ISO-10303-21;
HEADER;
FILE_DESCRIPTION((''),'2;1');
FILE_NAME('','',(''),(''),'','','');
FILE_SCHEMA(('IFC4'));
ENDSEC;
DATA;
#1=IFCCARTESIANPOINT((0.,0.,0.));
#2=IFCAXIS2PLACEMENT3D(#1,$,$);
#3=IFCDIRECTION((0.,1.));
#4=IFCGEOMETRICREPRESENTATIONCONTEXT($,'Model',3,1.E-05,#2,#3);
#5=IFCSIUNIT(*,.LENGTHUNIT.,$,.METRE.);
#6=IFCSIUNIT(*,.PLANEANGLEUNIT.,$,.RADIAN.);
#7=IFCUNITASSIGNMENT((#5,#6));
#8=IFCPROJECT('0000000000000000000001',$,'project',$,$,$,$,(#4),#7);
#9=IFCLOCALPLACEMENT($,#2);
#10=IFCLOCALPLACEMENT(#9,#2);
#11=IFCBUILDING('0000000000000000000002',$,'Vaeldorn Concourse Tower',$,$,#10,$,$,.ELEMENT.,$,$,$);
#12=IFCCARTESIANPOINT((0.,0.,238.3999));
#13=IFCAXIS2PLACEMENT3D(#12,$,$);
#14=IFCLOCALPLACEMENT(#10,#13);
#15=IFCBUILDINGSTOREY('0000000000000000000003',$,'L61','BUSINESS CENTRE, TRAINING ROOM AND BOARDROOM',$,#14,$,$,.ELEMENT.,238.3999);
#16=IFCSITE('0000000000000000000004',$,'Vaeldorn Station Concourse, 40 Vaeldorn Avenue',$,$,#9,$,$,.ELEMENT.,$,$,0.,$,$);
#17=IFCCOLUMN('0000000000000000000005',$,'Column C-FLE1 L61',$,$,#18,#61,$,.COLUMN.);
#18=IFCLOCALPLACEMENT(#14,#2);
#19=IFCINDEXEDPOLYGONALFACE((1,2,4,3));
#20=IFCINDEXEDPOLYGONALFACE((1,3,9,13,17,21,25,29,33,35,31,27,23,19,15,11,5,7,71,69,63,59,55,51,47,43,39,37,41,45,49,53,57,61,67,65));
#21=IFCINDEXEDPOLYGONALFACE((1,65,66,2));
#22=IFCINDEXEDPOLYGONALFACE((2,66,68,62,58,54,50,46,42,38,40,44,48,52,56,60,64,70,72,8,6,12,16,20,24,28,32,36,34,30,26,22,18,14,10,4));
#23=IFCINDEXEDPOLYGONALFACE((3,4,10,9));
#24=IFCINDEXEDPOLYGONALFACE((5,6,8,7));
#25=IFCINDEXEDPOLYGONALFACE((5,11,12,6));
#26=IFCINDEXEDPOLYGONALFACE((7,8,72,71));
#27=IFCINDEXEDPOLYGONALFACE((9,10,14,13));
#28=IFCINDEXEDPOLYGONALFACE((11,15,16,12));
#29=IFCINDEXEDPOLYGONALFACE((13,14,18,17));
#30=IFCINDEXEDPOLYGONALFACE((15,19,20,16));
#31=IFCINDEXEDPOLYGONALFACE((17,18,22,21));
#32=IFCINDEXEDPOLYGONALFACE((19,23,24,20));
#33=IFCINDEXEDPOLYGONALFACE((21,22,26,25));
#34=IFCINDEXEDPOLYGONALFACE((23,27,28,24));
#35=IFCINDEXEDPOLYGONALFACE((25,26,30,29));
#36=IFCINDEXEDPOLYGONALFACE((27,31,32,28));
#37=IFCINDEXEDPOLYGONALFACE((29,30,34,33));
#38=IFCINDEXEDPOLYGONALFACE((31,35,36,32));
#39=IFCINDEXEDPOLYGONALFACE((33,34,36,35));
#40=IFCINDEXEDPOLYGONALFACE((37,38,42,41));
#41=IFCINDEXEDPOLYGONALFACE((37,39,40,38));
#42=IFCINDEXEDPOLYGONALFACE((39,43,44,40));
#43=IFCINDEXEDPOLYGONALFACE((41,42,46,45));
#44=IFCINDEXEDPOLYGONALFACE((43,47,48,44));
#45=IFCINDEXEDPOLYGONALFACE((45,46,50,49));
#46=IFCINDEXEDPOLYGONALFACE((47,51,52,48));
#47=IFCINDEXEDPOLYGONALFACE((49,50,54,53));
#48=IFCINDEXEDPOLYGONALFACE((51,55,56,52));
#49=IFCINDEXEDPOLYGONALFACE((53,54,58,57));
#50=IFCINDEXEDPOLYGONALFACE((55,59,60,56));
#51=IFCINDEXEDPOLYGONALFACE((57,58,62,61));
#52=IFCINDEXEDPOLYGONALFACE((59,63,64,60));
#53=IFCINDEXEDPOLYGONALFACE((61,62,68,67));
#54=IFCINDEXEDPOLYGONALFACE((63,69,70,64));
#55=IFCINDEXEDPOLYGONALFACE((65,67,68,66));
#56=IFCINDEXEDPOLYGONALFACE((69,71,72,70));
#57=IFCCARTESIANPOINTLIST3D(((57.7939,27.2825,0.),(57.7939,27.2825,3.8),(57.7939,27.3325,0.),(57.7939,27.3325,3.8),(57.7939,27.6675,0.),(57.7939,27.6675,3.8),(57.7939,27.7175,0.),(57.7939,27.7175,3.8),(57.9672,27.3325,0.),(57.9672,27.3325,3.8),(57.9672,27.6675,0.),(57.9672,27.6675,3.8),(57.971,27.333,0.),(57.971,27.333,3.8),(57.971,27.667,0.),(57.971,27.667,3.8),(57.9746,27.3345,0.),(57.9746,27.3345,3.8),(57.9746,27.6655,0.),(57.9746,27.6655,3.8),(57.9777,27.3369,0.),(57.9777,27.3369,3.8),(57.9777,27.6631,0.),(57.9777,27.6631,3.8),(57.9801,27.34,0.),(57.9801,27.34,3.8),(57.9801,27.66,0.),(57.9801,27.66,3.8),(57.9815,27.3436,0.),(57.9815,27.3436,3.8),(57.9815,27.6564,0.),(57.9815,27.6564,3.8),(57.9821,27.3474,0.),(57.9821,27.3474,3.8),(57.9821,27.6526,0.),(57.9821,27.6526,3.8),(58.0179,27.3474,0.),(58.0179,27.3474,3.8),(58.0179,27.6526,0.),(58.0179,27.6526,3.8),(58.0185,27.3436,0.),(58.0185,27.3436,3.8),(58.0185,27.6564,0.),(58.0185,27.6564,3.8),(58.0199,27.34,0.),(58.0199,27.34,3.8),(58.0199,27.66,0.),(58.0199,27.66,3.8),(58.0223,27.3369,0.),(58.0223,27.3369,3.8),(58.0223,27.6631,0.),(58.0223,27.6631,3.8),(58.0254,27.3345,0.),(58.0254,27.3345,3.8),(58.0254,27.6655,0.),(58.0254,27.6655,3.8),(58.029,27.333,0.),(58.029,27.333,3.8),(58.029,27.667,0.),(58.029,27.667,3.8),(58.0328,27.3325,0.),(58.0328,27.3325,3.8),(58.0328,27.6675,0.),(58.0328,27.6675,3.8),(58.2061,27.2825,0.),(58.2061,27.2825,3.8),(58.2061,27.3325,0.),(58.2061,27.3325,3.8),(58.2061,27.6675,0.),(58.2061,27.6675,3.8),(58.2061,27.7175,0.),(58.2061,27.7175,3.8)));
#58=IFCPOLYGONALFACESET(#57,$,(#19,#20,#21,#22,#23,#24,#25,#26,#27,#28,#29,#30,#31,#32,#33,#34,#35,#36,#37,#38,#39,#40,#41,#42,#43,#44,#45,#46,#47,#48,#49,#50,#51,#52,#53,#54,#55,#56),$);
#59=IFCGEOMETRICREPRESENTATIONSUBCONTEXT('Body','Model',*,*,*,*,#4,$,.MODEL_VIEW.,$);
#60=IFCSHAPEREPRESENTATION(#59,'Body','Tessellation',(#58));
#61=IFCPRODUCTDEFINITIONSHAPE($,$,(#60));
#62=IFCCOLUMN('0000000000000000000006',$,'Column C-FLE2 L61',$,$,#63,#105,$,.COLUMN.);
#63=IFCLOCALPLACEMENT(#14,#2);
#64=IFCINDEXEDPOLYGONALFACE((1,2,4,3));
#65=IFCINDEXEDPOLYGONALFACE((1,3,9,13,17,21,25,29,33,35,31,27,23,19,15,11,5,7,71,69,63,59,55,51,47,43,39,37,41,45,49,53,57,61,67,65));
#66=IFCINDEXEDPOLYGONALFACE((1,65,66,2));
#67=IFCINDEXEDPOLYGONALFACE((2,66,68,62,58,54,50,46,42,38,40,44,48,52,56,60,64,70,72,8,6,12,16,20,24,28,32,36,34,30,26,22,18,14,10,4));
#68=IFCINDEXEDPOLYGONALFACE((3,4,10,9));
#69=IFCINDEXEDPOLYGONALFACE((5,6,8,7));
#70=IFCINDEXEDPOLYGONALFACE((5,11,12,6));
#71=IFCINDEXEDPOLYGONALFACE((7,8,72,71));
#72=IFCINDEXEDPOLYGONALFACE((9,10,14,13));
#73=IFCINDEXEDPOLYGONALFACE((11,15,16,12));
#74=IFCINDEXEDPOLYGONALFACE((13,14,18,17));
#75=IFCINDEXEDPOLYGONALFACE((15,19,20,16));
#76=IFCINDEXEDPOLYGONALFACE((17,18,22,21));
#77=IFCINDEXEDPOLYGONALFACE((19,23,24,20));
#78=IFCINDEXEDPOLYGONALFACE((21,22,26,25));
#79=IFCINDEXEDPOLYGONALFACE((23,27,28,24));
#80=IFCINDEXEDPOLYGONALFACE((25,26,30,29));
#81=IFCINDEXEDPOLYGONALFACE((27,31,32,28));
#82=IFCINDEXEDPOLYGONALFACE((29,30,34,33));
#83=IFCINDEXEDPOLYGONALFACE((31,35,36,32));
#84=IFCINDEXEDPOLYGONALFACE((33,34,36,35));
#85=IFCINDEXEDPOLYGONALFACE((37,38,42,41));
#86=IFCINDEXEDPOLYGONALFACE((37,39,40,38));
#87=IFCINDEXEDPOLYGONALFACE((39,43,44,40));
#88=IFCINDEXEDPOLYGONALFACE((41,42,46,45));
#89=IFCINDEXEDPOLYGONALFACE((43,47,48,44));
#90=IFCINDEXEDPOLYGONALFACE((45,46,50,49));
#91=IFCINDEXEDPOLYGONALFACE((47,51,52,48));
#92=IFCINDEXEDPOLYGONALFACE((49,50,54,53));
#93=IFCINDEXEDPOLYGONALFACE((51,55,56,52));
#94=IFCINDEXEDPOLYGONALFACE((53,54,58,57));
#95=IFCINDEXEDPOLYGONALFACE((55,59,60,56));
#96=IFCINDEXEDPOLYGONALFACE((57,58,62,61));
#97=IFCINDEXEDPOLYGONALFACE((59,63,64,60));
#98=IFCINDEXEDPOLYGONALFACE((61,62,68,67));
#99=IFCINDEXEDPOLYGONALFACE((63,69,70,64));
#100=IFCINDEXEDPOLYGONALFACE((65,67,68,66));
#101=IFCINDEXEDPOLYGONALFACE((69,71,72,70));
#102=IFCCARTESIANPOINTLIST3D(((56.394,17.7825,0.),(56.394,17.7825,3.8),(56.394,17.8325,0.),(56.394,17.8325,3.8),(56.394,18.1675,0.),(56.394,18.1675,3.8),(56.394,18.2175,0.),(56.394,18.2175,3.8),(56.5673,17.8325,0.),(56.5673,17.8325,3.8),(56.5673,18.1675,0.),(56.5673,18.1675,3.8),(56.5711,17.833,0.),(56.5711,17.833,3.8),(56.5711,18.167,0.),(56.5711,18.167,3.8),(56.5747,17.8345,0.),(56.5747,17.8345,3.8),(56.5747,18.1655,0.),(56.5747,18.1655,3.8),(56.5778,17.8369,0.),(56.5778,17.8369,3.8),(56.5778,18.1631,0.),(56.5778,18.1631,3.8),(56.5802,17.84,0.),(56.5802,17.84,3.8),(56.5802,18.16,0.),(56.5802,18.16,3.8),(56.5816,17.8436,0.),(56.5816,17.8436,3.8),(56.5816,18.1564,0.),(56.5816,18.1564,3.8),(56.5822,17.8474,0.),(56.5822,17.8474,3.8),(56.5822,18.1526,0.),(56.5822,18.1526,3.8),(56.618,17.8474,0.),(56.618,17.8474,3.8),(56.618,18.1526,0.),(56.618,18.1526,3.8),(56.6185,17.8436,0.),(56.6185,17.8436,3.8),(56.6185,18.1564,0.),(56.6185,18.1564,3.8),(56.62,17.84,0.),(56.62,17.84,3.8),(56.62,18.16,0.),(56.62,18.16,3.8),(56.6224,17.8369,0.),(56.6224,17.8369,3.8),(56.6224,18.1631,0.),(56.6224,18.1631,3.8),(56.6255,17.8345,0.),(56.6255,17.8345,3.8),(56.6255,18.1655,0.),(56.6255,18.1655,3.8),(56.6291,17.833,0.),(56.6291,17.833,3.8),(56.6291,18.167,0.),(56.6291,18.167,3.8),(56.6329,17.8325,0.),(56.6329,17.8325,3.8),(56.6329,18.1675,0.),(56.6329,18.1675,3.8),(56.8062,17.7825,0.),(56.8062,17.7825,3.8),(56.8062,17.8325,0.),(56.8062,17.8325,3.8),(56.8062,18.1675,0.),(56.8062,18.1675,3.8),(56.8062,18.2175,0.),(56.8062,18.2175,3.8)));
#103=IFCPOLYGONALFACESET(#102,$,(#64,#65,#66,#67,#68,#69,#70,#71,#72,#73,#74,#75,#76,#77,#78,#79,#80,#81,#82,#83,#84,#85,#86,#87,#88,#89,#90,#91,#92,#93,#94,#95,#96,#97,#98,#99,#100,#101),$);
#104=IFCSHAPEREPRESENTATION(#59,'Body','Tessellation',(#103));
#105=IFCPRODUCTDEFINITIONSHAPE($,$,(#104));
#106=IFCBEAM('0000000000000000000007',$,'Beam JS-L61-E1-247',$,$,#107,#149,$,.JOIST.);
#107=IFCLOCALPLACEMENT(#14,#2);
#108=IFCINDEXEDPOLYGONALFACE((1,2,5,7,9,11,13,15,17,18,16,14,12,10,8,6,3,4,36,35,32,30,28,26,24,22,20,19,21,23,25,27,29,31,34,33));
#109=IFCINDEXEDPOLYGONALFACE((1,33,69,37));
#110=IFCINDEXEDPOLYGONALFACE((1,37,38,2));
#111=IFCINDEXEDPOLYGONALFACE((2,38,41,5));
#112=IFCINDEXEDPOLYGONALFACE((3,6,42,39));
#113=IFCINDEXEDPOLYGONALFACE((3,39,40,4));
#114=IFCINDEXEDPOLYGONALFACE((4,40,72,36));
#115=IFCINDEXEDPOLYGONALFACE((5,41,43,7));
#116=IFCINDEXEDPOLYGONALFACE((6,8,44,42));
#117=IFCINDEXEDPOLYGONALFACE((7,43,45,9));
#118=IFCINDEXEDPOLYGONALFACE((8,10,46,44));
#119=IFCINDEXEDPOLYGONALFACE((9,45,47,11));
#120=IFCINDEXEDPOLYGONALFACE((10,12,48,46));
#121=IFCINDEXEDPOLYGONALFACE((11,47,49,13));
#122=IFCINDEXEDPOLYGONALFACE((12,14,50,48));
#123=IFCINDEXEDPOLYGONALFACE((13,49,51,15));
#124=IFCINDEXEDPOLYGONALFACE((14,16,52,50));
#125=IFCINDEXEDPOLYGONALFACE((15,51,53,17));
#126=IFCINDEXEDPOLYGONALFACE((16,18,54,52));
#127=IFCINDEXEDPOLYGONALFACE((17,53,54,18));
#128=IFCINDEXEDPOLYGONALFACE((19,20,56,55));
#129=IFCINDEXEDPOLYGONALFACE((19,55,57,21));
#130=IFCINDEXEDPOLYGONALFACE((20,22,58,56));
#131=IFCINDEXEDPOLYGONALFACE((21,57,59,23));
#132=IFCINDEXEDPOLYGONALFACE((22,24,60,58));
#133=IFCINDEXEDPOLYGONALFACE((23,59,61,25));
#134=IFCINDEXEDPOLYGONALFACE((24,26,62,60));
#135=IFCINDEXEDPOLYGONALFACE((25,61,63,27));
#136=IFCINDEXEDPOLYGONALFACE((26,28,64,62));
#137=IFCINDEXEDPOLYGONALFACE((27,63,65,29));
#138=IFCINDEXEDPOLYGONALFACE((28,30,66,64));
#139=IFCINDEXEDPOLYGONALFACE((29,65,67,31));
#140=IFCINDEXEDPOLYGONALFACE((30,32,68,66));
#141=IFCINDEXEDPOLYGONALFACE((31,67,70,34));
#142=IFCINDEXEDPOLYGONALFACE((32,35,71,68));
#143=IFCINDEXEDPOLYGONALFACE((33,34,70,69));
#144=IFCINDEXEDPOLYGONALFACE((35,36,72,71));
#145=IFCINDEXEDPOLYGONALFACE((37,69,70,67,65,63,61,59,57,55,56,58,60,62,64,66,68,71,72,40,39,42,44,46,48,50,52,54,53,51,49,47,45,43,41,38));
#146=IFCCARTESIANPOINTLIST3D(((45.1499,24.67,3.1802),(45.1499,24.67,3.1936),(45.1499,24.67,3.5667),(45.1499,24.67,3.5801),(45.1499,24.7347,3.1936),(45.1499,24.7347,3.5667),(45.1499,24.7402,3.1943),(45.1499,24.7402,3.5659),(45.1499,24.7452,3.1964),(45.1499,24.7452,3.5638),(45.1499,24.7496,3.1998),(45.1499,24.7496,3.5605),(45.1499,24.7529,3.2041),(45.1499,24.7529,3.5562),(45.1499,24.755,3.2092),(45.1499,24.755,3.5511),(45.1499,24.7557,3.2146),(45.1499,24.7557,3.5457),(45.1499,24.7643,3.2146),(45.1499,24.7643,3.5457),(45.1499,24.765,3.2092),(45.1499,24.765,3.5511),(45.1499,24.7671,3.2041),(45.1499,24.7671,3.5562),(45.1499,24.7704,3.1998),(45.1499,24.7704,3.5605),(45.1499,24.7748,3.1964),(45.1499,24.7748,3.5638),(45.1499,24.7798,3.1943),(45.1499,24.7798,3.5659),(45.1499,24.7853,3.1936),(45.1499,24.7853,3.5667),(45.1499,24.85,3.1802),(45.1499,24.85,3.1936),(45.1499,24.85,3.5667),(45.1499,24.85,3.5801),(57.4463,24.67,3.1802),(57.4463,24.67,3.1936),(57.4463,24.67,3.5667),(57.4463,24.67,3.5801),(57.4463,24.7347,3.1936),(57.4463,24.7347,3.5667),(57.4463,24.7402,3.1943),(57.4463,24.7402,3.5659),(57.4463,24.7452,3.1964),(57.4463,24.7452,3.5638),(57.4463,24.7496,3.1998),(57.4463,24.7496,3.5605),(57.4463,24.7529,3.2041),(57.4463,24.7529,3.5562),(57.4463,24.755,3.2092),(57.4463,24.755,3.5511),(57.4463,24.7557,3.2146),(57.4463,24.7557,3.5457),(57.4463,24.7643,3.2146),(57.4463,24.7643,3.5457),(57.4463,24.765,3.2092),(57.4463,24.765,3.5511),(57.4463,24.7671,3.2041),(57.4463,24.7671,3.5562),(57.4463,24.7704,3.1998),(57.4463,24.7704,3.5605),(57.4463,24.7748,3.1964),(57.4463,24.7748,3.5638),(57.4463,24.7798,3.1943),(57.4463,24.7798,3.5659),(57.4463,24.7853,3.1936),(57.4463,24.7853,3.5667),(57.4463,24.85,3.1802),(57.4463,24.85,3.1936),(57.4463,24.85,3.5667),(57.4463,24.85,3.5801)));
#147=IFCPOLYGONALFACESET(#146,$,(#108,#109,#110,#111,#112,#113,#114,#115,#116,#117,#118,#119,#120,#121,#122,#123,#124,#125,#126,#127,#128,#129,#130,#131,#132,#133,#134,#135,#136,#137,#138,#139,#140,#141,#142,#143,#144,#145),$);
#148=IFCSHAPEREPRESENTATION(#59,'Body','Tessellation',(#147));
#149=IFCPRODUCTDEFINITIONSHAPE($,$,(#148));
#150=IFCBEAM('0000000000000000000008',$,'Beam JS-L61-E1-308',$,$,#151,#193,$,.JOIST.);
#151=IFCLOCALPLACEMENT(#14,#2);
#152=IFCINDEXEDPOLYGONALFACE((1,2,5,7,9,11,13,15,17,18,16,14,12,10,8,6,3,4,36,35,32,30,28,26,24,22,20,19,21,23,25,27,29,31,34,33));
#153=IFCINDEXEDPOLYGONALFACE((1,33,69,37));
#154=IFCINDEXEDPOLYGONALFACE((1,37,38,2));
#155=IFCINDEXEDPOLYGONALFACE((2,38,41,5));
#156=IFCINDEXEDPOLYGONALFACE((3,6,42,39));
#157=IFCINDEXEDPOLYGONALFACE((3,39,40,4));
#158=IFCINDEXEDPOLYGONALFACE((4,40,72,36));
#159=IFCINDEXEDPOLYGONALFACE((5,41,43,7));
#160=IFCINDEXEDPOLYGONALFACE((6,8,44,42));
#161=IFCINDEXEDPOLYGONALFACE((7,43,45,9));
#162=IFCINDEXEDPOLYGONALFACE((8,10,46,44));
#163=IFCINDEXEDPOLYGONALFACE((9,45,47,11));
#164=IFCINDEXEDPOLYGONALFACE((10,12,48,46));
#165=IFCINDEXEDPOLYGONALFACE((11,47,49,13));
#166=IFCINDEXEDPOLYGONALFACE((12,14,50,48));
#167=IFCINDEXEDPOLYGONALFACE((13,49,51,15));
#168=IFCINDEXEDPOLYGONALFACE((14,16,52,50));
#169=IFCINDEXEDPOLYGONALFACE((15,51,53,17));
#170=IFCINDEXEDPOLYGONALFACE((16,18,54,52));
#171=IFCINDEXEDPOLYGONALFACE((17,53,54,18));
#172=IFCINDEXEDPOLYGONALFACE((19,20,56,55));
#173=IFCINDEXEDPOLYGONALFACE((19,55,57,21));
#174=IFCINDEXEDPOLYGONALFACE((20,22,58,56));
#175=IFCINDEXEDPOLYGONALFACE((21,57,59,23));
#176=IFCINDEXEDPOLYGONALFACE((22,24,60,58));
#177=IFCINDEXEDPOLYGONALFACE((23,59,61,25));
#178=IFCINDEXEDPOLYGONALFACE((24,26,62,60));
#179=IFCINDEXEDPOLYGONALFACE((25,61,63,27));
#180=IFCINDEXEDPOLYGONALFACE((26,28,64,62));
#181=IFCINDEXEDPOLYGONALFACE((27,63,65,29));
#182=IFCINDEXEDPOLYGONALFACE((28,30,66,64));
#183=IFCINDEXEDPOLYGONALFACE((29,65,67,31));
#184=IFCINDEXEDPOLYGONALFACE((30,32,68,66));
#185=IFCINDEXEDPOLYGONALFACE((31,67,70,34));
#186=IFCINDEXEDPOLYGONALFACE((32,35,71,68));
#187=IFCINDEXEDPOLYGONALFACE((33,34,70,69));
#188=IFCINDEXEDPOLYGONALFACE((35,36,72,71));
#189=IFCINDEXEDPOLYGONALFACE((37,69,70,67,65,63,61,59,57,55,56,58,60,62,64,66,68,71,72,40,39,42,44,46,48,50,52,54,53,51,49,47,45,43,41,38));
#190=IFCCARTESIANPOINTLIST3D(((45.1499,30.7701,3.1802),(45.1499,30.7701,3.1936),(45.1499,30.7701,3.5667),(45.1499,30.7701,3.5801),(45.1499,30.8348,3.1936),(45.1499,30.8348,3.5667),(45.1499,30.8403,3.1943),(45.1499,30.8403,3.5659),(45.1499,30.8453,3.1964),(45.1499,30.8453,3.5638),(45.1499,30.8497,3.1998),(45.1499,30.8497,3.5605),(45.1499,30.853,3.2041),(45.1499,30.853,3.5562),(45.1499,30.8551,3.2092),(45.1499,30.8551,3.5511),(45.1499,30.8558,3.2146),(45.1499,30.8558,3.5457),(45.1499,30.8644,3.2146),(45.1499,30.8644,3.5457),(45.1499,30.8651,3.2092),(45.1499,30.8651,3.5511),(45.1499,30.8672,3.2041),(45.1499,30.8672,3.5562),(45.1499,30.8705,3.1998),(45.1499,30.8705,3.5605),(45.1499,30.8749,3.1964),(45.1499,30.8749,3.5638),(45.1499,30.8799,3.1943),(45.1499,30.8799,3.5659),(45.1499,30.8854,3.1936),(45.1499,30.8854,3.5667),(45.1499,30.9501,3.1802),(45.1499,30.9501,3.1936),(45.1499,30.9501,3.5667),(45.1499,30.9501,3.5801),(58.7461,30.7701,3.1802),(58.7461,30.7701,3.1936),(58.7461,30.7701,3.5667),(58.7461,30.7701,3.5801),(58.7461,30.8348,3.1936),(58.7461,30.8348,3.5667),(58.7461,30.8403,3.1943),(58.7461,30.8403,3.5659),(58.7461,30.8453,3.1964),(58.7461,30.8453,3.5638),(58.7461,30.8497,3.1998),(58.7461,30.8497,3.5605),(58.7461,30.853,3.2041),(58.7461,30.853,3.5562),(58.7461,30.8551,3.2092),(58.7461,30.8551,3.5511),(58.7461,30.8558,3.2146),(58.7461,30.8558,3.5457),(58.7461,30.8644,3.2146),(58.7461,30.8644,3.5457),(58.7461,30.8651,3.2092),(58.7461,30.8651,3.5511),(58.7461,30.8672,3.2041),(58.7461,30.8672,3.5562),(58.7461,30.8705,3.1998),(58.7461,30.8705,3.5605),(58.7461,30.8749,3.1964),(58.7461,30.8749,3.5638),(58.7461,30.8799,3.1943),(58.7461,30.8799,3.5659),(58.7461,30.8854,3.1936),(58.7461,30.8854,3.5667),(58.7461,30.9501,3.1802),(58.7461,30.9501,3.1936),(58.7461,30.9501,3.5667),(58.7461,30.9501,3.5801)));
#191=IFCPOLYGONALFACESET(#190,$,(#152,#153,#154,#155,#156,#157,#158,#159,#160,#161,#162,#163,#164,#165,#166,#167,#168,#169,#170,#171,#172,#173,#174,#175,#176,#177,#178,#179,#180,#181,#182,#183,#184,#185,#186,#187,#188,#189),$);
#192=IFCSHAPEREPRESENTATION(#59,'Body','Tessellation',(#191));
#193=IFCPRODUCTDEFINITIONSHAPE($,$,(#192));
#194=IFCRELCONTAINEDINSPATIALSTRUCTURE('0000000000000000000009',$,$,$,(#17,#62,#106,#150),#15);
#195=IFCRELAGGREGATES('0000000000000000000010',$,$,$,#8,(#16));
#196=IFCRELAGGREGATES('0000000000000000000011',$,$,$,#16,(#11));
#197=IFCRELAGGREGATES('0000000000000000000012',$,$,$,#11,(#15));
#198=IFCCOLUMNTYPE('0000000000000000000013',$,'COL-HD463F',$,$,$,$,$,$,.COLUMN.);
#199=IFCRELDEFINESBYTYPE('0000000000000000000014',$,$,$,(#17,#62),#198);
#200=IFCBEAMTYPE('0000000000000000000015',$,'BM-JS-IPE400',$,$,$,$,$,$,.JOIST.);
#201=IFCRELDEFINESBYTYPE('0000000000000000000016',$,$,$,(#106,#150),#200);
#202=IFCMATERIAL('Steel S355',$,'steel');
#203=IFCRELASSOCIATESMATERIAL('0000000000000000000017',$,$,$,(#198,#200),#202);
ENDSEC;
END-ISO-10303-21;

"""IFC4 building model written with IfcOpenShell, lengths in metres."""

from ifc_helpers import new_model, si_unit, direction, frame, origin, origin_2d, place, context, subcontext, project, spatial, i_section, extrude, source, transform, mapped, material, material_profile, profile_set, type_object, element, save


model = new_model("IFC4")

# Units and contexts
model_context = context("Model", 3, precision=1e-05, world=origin(), true_north=direction((0.0, 1.0)))
body_context = subcontext(model_context, "Body", "Model", "MODEL_VIEW")
ifc_project = project(units=[si_unit("LENGTHUNIT", "METRE"), si_unit("PLANEANGLEUNIT", "RADIAN")], contexts=[model_context])

# Site, building, storey
site_placement = place(None, origin())
site = spatial("IfcSite", under=ifc_project, at=site_placement, Name="Vaeldorn Station Concourse, 40 Vaeldorn Avenue", CompositionType="ELEMENT", RefElevation=0.0)
building_placement = place(site_placement, origin())
building = spatial("IfcBuilding", under=site, at=building_placement, Name="Vaeldorn Concourse Tower", CompositionType="ELEMENT")
storey_placement = place(building_placement, frame((0.0, 0.0, 238.3999)))
storey = spatial("IfcBuildingStorey", under=building, at=storey_placement, Name="L61", Description="BUSINESS CENTRE, TRAINING ROOM AND BOARDROOM", CompositionType="ELEMENT", Elevation=238.3999)

# Columns
ifc_material_1 = material(Name="Steel S355", Category="steel")
ifc_material_profile_1 = material_profile(ifc_material_1, i_section(OverallWidth=0.4121, OverallDepth=0.4351, WebThickness=0.0359, FlangeThickness=0.05, FilletRadius=0.0149, at=origin_2d()), Name="HD 400x463")
ifc_profile_set_1 = profile_set([ifc_material_profile_1], Name="Steel S355")
column_type = type_object("IfcColumnType", Name="COL-HD463F", PredefinedType="COLUMN", material=ifc_profile_set_1)
shared_shape_1 = source(origin(), body_context, "Body", "SweptSolid", [
    extrude(i_section(OverallWidth=0.4121, OverallDepth=0.4351, WebThickness=0.0359, FlangeThickness=0.05, FilletRadius=0.0149, at=origin_2d()), origin(), (0.0, 0.0, 1.0), 3.8),
])
for number, where, z_axis, x_axis, name in (
    (1, (58.0, 27.5, 0.0), (0.0, 0.0, 1.0), (1.0, 0.0, 0.0), "Column C-FLE1 L61"),
    (2, (56.6001, 18.0, 0.0), (0.0, 0.0, 1.0), (1.0, 0.0, 0.0), "Column C-FLE2 L61"),
):
    element("IfcColumn", number, at=place(storey_placement, frame(where, z_axis=z_axis, x_axis=x_axis)), inside=storey, type_object=column_type, Name=name, PredefinedType="COLUMN", context=body_context, shape_type="MappedRepresentation", body=[
        mapped(shared_shape_1, transform((0.0, 0.0, 0.0), scale=1.0)),
    ])

# Beams
ifc_material_profile_2 = material_profile(ifc_material_1, i_section(OverallWidth=0.1799, OverallDepth=0.3999, WebThickness=0.0085, FlangeThickness=0.0134, FilletRadius=0.021, at=origin_2d()), Name="IPE 400")
ifc_profile_set_2 = profile_set([ifc_material_profile_2], Name="Steel S355")
beam_type_1 = type_object("IfcBeamType", Name="BM-JS-IPE400", PredefinedType="JOIST", material=ifc_profile_set_2)
shared_shape_2 = source(origin(), body_context, "Body", "SweptSolid", [
    extrude(i_section(OverallWidth=0.1799, OverallDepth=0.3999, WebThickness=0.0085, FlangeThickness=0.0134, FilletRadius=0.021, at=origin_2d()), origin(), (0.0, 0.0, 1.0), 12.2964),
])
beam_1_placement = place(storey_placement, frame((45.1499, 24.76, 3.3801), z_axis=(1.0, 0.0, 0.0), x_axis=(0.0, 1.0, 0.0)))
element("IfcBeam", 3, at=beam_1_placement, inside=storey, type_object=beam_type_1, Name="Beam JS-L61-E1-247", PredefinedType="JOIST", context=body_context, shape_type="MappedRepresentation", body=[
    mapped(shared_shape_2, transform((0.0, 0.0, 0.0), scale=1.0)),
])
shared_shape_3 = source(origin(), body_context, "Body", "SweptSolid", [
    extrude(i_section(OverallWidth=0.1799, OverallDepth=0.3999, WebThickness=0.0085, FlangeThickness=0.0134, FilletRadius=0.021, at=origin_2d()), origin(), (0.0, 0.0, 1.0), 13.5962),
])
beam_2_placement = place(storey_placement, frame((45.1499, 30.8601, 3.3801), z_axis=(1.0, 0.0, 0.0), x_axis=(0.0, 1.0, 0.0)))
element("IfcBeam", 4, at=beam_2_placement, inside=storey, type_object=beam_type_1, Name="Beam JS-L61-E1-308", PredefinedType="JOIST", context=body_context, shape_type="MappedRepresentation", body=[
    mapped(shared_shape_3, transform((0.0, 0.0, 0.0), scale=1.0)),
])

save(model, "model.ifc")
